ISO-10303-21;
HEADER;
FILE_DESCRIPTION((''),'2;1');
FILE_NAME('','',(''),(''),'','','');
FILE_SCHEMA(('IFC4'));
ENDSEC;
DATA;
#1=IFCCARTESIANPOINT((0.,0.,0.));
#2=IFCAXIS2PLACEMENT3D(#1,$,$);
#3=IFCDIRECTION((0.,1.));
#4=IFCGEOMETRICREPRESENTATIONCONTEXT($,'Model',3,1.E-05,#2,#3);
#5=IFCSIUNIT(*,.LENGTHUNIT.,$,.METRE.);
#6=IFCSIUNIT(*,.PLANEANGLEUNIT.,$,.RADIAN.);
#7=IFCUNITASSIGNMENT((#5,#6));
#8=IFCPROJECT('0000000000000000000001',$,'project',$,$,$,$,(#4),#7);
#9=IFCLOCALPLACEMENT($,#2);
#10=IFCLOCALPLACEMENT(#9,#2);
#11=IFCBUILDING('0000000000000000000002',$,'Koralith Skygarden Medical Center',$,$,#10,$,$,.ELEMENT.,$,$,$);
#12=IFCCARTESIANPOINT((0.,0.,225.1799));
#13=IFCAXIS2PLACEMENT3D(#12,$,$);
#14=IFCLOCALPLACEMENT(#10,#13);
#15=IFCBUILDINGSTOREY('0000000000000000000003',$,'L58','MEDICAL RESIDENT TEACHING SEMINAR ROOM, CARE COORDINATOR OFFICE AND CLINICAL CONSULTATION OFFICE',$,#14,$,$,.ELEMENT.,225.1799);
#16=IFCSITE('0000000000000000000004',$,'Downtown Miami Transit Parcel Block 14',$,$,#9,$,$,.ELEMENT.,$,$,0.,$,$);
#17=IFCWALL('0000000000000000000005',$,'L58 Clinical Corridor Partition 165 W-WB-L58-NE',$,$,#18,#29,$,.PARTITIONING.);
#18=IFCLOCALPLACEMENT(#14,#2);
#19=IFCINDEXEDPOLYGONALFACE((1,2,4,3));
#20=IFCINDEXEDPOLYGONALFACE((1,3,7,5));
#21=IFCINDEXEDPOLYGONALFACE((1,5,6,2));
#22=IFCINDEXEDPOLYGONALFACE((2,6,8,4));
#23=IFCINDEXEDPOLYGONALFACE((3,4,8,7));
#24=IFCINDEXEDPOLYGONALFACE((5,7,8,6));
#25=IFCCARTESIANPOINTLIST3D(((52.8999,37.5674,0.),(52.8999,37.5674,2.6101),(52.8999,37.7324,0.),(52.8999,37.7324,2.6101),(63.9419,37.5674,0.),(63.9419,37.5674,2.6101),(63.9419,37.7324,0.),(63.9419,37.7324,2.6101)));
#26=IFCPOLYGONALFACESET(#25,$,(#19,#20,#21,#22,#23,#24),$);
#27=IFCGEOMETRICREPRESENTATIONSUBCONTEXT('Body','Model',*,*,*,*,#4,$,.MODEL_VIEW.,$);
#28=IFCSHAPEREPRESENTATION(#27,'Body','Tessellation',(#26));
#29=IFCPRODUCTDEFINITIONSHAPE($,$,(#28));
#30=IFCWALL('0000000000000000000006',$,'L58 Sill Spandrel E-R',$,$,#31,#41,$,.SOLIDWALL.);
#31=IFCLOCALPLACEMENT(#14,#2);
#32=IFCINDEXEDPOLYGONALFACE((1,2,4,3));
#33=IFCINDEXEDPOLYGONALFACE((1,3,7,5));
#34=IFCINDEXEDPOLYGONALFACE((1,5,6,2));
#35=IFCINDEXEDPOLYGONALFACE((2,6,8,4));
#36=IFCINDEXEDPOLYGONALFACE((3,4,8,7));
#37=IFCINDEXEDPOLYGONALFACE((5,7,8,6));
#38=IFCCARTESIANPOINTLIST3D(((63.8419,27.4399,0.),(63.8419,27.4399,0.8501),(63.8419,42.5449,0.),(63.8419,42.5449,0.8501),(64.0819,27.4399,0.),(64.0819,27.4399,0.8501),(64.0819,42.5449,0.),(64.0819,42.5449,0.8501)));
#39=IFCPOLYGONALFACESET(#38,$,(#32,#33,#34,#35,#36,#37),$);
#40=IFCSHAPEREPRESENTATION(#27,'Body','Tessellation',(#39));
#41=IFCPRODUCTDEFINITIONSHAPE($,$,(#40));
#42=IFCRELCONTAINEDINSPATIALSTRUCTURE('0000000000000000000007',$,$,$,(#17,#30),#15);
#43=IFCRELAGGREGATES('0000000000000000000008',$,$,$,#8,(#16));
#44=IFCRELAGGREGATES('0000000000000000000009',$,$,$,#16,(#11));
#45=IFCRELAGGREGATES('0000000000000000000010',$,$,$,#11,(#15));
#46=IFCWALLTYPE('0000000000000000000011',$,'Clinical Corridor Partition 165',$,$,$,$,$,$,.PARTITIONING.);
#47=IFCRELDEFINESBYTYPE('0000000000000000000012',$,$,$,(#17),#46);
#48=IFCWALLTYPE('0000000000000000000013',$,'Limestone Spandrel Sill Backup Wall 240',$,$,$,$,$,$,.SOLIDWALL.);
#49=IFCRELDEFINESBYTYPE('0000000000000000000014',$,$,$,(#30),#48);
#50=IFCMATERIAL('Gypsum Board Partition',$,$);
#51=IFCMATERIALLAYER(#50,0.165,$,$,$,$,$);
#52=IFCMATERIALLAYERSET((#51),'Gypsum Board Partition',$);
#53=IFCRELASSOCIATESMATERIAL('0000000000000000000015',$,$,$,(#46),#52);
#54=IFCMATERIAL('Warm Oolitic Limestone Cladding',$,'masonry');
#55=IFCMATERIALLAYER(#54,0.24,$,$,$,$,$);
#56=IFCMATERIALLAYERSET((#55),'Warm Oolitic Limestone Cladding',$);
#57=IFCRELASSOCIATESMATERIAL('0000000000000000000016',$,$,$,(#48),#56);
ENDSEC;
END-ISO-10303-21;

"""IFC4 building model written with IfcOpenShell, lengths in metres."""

from ifc_helpers import new_model, si_unit, direction, frame, frame_2d, origin, place, context, subcontext, project, spatial, rectangle, extrude, material, layer, layer_set, type_object, element, save


model = new_model("IFC4")

# Units and contexts
model_context = context("Model", 3, precision=1e-05, world=origin(), true_north=direction((0.0, 1.0)))
body_context = subcontext(model_context, "Body", "Model", "MODEL_VIEW")
ifc_project = project(units=[si_unit("LENGTHUNIT", "METRE"), si_unit("PLANEANGLEUNIT", "RADIAN")], contexts=[model_context])

# Site, building, storey
site_placement = place(None, origin())
site = spatial("IfcSite", under=ifc_project, at=site_placement, Name="Downtown Miami Transit Parcel Block 14", CompositionType="ELEMENT", RefElevation=0.0)
building_placement = place(site_placement, origin())
building = spatial("IfcBuilding", under=site, at=building_placement, Name="Koralith Skygarden Medical Center", CompositionType="ELEMENT")
storey_placement = place(building_placement, frame((0.0, 0.0, 225.1799)))
storey = spatial("IfcBuildingStorey", under=building, at=storey_placement, Name="L58", Description="MEDICAL RESIDENT TEACHING SEMINAR ROOM, CARE COORDINATOR OFFICE AND CLINICAL CONSULTATION OFFICE", CompositionType="ELEMENT", Elevation=225.1799)

# Shared definitions
ifc_material_1 = material(Name="Warm Oolitic Limestone Cladding", Category="masonry")

# Wall
ifc_material_2 = material(Name="Gypsum Board Partition")
ifc_layer_1 = layer(ifc_material_2, 0.165)
ifc_layer_set_1 = layer_set([ifc_layer_1], Name="Gypsum Board Partition")
wall_type_1 = type_object("IfcWallType", Name="Clinical Corridor Partition 165", PredefinedType="PARTITIONING", material=ifc_layer_set_1)
wall_1_placement = place(storey_placement, frame((52.8999, 37.6499, 0.0), z_axis=(0.0, 0.0, 1.0), x_axis=(1.0, 0.0, 0.0)))
element("IfcWall", 1, at=wall_1_placement, inside=storey, type_object=wall_type_1, Name="L58 Clinical Corridor Partition 165 W-WB-L58-NE", PredefinedType="PARTITIONING", context=body_context, shape_type="SweptSolid", body=[
    extrude(rectangle(XDim=11.042, YDim=0.165, at=frame_2d((5.521, 0.0))), origin(), (0.0, 0.0, 1.0), 2.6101),
])

# Wall
ifc_layer_2 = layer(ifc_material_1, 0.24)
ifc_layer_set_2 = layer_set([ifc_layer_2], Name="Warm Oolitic Limestone Cladding")
wall_type_2 = type_object("IfcWallType", Name="Limestone Spandrel Sill Backup Wall 240", PredefinedType="SOLIDWALL", material=ifc_layer_set_2)
wall_2_placement = place(storey_placement, frame((63.9619, 27.4399, 0.0), z_axis=(0.0, 0.0, 1.0), x_axis=(0.0, 1.0, 0.0)))
element("IfcWall", 2, at=wall_2_placement, inside=storey, type_object=wall_type_2, Name="L58 Sill Spandrel E-R", PredefinedType="SOLIDWALL", context=body_context, shape_type="SweptSolid", body=[
    extrude(rectangle(XDim=15.105, YDim=0.24, at=frame_2d((7.5525, 0.0))), origin(), (0.0, 0.0, 1.0), 0.8501),
])

save(model, "model.ifc")
